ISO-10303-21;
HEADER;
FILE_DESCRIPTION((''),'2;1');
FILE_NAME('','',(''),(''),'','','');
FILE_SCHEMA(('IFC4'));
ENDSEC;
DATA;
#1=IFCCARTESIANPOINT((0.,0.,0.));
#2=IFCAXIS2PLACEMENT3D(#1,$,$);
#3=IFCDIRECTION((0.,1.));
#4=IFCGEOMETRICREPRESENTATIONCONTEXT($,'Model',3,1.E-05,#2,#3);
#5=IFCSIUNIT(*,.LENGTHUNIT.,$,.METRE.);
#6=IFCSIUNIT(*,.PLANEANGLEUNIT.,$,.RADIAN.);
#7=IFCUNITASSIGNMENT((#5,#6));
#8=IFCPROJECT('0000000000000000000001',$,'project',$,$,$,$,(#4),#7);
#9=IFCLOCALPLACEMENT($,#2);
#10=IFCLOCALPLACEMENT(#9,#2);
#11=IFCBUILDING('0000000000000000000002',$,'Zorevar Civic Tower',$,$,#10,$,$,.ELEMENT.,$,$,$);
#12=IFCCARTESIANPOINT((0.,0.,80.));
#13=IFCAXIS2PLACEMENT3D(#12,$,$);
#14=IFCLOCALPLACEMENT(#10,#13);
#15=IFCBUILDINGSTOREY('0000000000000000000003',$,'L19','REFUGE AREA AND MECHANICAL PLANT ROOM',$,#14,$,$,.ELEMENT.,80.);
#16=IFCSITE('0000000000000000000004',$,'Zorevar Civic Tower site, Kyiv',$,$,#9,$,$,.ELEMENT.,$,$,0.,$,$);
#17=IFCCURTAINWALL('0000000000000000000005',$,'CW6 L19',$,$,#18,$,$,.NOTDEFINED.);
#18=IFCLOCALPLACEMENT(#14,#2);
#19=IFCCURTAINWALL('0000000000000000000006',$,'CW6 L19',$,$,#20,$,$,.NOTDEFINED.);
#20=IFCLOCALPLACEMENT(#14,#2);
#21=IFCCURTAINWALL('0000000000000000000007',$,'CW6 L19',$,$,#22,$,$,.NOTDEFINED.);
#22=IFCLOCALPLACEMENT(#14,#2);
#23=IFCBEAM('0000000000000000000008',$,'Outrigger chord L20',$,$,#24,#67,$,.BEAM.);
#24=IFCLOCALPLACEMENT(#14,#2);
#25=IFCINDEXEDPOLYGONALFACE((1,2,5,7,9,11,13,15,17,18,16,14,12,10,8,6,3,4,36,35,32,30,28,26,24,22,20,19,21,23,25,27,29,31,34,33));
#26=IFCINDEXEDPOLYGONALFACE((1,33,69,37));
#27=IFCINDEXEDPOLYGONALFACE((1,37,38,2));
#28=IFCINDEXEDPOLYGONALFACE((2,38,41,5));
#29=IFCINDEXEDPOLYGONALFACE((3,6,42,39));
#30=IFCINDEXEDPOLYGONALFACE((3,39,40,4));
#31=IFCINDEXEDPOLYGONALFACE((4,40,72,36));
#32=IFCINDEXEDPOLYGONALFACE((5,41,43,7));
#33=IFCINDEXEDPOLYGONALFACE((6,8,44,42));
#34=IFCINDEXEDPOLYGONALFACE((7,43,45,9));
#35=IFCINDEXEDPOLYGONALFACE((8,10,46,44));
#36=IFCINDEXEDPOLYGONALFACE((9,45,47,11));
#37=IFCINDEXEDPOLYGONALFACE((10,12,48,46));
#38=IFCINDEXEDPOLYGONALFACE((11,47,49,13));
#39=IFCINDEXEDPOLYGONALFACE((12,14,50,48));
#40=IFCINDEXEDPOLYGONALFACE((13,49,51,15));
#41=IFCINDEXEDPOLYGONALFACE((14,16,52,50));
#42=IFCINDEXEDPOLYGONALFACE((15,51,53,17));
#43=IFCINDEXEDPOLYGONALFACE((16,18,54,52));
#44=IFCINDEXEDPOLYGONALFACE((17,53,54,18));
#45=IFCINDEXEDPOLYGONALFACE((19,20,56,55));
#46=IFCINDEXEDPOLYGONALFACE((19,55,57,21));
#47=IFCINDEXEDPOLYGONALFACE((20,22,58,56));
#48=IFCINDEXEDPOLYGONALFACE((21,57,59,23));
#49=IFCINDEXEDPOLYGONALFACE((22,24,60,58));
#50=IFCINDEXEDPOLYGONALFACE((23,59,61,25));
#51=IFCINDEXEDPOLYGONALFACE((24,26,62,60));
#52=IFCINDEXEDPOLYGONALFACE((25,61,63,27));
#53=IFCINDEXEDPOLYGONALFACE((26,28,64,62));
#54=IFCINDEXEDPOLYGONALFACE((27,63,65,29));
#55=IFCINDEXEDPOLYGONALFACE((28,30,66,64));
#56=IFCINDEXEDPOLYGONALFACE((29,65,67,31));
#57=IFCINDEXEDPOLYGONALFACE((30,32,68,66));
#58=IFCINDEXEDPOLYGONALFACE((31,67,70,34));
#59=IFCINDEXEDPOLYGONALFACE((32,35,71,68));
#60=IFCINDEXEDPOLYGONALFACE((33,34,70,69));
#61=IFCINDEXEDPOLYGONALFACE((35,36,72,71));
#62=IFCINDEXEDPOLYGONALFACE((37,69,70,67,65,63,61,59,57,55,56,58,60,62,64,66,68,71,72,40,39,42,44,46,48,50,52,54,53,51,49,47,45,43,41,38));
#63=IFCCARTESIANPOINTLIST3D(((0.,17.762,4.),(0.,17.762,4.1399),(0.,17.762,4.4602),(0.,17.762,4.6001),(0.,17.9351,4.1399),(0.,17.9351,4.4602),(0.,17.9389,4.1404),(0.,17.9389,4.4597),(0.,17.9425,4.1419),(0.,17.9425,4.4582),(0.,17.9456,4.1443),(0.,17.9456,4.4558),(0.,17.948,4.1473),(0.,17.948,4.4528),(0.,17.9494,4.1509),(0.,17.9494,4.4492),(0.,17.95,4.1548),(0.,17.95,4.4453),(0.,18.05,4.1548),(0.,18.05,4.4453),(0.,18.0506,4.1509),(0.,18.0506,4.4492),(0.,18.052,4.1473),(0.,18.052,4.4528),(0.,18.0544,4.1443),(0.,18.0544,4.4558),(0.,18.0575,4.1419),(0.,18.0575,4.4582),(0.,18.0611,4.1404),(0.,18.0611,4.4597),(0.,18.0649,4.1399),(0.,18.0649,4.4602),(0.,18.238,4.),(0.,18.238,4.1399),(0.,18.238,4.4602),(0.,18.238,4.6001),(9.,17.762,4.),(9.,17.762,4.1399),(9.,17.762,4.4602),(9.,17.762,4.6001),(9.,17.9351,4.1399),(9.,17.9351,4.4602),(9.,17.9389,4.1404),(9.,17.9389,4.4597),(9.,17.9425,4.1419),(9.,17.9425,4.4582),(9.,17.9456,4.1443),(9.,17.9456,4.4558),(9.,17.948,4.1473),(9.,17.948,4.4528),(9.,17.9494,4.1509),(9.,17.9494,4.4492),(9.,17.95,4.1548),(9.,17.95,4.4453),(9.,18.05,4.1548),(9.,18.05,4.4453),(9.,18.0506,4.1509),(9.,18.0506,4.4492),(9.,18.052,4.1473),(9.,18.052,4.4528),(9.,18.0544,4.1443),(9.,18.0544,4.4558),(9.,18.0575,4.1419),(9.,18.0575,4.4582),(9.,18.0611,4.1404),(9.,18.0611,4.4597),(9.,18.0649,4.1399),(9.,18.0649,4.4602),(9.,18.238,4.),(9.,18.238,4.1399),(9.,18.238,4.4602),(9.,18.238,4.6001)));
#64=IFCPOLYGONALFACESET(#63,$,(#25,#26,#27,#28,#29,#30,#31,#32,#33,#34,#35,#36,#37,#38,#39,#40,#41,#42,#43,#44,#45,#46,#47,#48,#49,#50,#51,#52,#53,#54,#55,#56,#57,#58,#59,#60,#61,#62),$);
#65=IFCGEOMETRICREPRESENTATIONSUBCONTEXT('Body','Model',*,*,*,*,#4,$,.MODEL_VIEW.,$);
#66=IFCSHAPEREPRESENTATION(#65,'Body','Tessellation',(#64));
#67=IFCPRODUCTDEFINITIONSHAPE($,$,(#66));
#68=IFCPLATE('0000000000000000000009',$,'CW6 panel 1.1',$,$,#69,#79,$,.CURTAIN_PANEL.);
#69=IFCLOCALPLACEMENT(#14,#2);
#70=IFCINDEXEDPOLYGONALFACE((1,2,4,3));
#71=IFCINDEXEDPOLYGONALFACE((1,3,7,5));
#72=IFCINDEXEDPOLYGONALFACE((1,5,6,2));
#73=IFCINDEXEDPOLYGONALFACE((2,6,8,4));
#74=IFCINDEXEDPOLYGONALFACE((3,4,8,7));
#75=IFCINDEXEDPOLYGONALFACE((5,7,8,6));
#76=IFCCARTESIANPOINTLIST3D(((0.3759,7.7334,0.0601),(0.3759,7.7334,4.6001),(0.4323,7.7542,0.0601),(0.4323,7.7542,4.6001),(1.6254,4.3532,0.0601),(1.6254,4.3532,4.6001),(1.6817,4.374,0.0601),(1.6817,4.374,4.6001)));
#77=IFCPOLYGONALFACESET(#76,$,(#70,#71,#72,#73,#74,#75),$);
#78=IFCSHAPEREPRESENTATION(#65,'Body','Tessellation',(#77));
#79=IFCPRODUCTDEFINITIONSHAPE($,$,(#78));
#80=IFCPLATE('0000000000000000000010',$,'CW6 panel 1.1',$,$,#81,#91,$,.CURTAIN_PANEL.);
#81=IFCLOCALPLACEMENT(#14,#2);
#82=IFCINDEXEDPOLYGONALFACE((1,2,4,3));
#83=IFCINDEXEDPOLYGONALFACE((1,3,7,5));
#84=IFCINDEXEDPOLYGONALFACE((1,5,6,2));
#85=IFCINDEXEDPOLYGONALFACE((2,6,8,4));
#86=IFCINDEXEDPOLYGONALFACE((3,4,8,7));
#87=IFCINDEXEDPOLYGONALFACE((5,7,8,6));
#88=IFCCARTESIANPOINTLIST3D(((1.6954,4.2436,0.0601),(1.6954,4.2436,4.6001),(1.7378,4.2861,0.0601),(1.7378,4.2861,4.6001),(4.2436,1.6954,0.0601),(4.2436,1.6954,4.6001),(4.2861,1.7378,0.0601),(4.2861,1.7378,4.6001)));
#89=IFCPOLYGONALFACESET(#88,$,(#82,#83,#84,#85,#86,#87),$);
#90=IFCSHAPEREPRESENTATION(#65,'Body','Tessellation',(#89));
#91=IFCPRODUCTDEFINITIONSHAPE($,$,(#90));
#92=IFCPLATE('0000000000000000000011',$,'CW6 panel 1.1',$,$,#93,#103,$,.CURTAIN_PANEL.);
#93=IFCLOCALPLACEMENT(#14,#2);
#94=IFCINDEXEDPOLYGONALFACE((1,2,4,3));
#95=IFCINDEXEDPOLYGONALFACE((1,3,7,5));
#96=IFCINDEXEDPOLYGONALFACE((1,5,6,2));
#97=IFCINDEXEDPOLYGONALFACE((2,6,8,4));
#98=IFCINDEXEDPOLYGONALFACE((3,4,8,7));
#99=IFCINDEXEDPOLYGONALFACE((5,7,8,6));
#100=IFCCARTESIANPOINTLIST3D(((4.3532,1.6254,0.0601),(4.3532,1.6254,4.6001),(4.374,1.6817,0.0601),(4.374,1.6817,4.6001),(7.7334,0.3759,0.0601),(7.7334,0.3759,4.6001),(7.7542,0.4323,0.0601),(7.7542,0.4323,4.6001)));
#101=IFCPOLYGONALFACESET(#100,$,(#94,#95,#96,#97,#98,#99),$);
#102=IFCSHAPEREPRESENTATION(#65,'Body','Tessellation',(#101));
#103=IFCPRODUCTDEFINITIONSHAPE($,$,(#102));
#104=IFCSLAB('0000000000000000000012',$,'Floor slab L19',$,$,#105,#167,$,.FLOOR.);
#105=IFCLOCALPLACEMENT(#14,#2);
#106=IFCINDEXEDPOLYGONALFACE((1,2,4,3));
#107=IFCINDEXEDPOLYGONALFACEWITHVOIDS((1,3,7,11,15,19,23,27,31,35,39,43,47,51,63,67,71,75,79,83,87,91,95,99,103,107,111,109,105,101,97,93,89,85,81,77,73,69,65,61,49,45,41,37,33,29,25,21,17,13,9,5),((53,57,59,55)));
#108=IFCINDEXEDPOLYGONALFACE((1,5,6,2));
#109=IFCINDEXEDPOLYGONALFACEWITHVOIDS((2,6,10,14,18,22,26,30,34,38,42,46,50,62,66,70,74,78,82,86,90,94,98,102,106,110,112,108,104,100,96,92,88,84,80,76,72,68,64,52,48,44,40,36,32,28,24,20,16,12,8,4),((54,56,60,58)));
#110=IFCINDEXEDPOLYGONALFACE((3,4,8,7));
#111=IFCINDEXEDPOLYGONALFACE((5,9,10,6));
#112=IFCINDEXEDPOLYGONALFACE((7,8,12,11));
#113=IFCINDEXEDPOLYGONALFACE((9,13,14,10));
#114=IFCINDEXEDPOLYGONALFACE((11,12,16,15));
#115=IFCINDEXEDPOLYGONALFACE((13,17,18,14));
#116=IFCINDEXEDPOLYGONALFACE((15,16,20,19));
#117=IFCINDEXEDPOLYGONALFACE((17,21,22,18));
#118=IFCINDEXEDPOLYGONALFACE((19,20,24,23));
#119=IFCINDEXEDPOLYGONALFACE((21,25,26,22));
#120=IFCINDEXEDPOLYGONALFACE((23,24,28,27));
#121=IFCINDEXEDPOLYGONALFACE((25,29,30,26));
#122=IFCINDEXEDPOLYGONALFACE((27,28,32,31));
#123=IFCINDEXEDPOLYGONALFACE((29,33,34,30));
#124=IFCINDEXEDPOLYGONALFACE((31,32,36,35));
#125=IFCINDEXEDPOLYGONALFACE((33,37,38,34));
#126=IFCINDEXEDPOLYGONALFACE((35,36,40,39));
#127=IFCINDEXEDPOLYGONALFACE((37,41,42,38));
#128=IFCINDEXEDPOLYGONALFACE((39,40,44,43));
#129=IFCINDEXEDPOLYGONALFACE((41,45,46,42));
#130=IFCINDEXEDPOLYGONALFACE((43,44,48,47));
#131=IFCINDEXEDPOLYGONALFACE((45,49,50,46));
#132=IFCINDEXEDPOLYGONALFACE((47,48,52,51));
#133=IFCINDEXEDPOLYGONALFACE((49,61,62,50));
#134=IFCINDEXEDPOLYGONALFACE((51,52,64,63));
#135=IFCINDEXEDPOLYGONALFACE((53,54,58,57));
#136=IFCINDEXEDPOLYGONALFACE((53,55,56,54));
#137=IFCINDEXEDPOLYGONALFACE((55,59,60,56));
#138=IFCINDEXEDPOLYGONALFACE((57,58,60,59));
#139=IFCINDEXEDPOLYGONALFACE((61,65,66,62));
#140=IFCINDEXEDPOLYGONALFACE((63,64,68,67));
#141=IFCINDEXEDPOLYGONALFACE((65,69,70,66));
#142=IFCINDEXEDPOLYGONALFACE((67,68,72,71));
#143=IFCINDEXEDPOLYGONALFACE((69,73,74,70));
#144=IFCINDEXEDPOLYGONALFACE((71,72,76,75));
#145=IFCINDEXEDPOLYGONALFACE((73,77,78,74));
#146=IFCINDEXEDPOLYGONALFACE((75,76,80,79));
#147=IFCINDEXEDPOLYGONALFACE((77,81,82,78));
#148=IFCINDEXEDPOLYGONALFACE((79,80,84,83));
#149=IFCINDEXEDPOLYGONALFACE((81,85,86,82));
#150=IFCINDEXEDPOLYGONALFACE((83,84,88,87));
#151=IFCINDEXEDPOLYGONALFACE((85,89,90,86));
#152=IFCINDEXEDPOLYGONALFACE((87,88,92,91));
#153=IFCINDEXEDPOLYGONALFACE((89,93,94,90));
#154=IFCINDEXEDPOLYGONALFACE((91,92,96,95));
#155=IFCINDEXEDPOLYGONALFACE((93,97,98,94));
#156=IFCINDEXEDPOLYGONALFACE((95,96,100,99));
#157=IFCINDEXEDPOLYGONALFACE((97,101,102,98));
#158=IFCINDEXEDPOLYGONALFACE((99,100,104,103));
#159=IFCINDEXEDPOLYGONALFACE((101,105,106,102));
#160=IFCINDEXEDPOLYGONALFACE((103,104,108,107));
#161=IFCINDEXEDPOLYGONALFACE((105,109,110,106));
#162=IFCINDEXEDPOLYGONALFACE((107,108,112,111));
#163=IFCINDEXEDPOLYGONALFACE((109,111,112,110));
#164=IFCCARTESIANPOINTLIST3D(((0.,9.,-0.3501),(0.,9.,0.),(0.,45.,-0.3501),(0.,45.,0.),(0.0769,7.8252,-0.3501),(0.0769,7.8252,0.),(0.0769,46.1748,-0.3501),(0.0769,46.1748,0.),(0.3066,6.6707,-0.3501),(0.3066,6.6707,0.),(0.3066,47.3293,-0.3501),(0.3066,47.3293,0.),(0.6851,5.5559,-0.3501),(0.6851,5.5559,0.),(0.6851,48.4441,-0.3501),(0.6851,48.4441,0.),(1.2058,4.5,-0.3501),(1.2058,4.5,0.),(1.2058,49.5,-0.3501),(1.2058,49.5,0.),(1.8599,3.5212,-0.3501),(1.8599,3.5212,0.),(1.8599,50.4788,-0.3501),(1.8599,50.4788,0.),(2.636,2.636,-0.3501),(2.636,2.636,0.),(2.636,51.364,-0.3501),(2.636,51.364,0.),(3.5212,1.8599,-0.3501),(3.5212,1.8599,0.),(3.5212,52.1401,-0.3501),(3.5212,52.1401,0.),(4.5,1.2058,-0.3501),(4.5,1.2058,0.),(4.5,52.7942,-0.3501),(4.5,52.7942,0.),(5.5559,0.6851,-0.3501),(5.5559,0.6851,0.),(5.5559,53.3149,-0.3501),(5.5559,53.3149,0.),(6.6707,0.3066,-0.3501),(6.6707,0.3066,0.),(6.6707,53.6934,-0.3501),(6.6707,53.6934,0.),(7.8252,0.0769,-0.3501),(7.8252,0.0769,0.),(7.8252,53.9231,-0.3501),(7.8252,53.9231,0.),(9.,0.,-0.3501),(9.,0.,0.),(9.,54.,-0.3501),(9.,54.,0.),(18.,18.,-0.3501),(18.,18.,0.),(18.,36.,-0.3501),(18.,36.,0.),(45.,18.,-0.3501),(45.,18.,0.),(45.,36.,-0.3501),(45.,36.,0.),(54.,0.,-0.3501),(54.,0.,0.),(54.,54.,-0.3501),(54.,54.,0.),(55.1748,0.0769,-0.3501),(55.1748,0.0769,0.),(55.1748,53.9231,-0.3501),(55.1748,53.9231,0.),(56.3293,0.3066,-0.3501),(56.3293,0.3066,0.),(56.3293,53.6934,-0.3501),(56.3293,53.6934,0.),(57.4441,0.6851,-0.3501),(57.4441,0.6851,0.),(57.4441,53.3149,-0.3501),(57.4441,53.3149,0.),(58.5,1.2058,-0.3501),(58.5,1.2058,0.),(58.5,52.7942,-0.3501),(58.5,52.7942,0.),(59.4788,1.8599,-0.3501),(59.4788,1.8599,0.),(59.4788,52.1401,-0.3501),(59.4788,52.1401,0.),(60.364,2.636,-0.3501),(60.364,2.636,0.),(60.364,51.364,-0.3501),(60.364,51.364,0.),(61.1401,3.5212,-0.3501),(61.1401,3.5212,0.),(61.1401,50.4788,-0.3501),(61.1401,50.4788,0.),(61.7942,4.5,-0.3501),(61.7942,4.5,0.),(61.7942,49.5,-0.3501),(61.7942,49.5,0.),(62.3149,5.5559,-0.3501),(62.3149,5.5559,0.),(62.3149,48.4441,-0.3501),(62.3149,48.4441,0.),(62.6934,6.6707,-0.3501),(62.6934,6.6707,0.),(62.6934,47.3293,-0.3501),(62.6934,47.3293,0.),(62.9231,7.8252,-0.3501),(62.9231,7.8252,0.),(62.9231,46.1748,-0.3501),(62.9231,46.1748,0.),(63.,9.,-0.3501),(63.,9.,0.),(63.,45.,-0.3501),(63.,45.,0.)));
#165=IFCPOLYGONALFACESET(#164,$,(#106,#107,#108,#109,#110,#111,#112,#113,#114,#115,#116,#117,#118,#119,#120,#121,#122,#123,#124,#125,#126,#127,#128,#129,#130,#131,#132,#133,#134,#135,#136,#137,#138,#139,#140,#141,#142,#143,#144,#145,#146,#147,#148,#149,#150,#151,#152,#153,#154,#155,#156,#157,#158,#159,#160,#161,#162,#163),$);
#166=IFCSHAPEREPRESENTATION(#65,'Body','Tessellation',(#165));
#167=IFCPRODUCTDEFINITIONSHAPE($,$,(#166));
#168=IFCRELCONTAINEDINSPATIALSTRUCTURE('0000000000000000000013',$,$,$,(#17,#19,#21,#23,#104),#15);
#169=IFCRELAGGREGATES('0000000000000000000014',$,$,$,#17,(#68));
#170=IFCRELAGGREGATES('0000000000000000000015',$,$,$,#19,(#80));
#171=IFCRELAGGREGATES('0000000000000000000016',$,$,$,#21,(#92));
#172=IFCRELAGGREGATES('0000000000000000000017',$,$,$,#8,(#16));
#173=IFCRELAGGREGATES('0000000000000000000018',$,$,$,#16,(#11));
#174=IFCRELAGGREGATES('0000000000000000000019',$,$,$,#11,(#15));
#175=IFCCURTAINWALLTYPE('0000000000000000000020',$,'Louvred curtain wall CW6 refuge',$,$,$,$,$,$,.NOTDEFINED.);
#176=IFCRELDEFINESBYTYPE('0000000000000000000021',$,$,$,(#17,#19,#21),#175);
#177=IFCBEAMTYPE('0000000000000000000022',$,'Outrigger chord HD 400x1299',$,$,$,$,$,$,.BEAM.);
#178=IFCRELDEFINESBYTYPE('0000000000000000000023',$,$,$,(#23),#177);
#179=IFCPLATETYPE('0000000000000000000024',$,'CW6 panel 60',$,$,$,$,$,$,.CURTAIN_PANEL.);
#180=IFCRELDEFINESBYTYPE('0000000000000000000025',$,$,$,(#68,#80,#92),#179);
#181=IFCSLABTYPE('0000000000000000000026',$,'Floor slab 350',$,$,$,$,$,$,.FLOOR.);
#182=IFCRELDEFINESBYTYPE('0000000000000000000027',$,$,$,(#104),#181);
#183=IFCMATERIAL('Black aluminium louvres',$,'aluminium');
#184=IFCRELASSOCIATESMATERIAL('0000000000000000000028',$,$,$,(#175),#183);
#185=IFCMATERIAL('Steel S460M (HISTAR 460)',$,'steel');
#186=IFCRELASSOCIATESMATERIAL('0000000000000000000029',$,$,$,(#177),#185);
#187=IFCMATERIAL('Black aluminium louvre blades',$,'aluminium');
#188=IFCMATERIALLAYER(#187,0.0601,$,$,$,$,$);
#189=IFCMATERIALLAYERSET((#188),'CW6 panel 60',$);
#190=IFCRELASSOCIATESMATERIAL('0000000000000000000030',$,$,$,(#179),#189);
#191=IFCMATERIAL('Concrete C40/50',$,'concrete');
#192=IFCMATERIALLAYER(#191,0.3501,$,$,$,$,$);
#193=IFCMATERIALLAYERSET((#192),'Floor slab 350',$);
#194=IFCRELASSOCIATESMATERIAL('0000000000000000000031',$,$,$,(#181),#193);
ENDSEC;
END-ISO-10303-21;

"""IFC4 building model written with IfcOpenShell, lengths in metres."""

from ifc_helpers import new_model, si_unit, direction, frame, origin, origin_2d, place, context, subcontext, project, spatial, polyline, rectangle, i_section, outline, extrude, material, layer, layer_set, material_profile, profile_set, type_object, element, aggregate, save


model = new_model("IFC4")

# Units and contexts
model_context = context("Model", 3, precision=1e-05, world=origin(), true_north=direction((0.0, 1.0)))
body_context = subcontext(model_context, "Body", "Model", "MODEL_VIEW")
ifc_project = project(units=[si_unit("LENGTHUNIT", "METRE"), si_unit("PLANEANGLEUNIT", "RADIAN")], contexts=[model_context])

# Site, building, storey
site_placement = place(None, origin())
site = spatial("IfcSite", under=ifc_project, at=site_placement, Name="Zorevar Civic Tower site, Kyiv", CompositionType="ELEMENT", RefElevation=0.0)
building_placement = place(site_placement, origin())
building = spatial("IfcBuilding", under=site, at=building_placement, Name="Zorevar Civic Tower", CompositionType="ELEMENT")
storey_placement = place(building_placement, frame((0.0, 0.0, 80.0)))
storey = spatial("IfcBuildingStorey", under=building, at=storey_placement, Name="L19", Description="REFUGE AREA AND MECHANICAL PLANT ROOM", CompositionType="ELEMENT", Elevation=80.0)

# Shared definitions
ifc_material_1 = material(Name="Black aluminium louvres", Category="aluminium")
curtain_wall_type = type_object("IfcCurtainWallType", Name="Louvred curtain wall CW6 refuge", PredefinedType="NOTDEFINED", material=ifc_material_1)

# Curtain walls
curtain_wall_1_placement = place(storey_placement, origin())
curtain_wall_1 = element("IfcCurtainWall", 1, at=curtain_wall_1_placement, inside=storey, type_object=curtain_wall_type, Name="CW6 L19", PredefinedType="NOTDEFINED")
curtain_wall_2_placement = place(storey_placement, origin())
curtain_wall_2 = element("IfcCurtainWall", 2, at=curtain_wall_2_placement, inside=storey, type_object=curtain_wall_type, Name="CW6 L19", PredefinedType="NOTDEFINED")
curtain_wall_3_placement = place(storey_placement, origin())
curtain_wall_3 = element("IfcCurtainWall", 3, at=curtain_wall_3_placement, inside=storey, type_object=curtain_wall_type, Name="CW6 L19", PredefinedType="NOTDEFINED")

# Beam
ifc_material_2 = material(Name="Steel S460M (HISTAR 460)", Category="steel")
ifc_material_profile_1 = material_profile(ifc_material_2, i_section(OverallWidth=0.4761, OverallDepth=0.6001, WebThickness=0.1001, FlangeThickness=0.1399, FilletRadius=0.0149, at=origin_2d()), Name="HD 400x1299")
ifc_profile_set_1 = profile_set([ifc_material_profile_1], Name="Steel S460M (HISTAR 460)")
beam_type_1 = type_object("IfcBeamType", Name="Outrigger chord HD 400x1299", PredefinedType="BEAM", material=ifc_profile_set_1)
beam_1_placement = place(storey_placement, frame((0.0, 18.0, 4.3), z_axis=(1.0, 0.0, 0.0), x_axis=(0.0, 1.0, 0.0)))
element("IfcBeam", 4, at=beam_1_placement, inside=storey, type_object=beam_type_1, Name="Outrigger chord L20", PredefinedType="BEAM", context=body_context, shape_type="SweptSolid", body=[
    extrude(i_section(OverallWidth=0.4761, OverallDepth=0.6001, WebThickness=0.1001, FlangeThickness=0.1399, FilletRadius=0.0149, at=origin_2d()), origin(), (0.0, 0.0, 1.0), 9.0),
])

# Plates
ifc_material_3 = material(Name="Black aluminium louvre blades", Category="aluminium")
ifc_layer_1 = layer(ifc_material_3, 0.0601)
ifc_layer_set_1 = layer_set([ifc_layer_1], Name="CW6 panel 60")
plate_type = type_object("IfcPlateType", Name="CW6 panel 60", PredefinedType="CURTAIN_PANEL", material=ifc_layer_set_1)
plate_1_placement = place(storey_placement, frame((1.0288, 6.0537, 0.0601), z_axis=(0.0, 0.0, 1.0), x_axis=(0.346704, -0.937975, 0.0)))
plate_1 = element("IfcPlate", 5, at=plate_1_placement, type_object=plate_type, Name="CW6 panel 1.1", PredefinedType="CURTAIN_PANEL", context=body_context, shape_type="SweptSolid", body=[
    extrude(rectangle(XDim=3.6038, YDim=0.0601, at=origin_2d()), origin(), (0.0, 0.0, 1.0), 4.54),
])
aggregate(curtain_wall_1, [plate_1])
plate_2_placement = place(storey_placement, frame((2.9907, 2.9907, 0.0601), z_axis=(0.0, 0.0, 1.0), x_axis=(0.707107, -0.707107, 0.0)))
plate_2 = element("IfcPlate", 6, at=plate_2_placement, type_object=plate_type, Name="CW6 panel 1.1", PredefinedType="CURTAIN_PANEL", context=body_context, shape_type="SweptSolid", body=[
    extrude(rectangle(XDim=3.6038, YDim=0.0601, at=origin_2d()), origin(), (0.0, 0.0, 1.0), 4.54),
])
aggregate(curtain_wall_2, [plate_2])
plate_3_placement = place(storey_placement, frame((6.0537, 1.0288, 0.0601), z_axis=(0.0, 0.0, 1.0), x_axis=(0.937975, -0.346704, 0.0)))
plate_3 = element("IfcPlate", 7, at=plate_3_placement, type_object=plate_type, Name="CW6 panel 1.1", PredefinedType="CURTAIN_PANEL", context=body_context, shape_type="SweptSolid", body=[
    extrude(rectangle(XDim=3.6038, YDim=0.0601, at=origin_2d()), origin(), (0.0, 0.0, 1.0), 4.54),
])
aggregate(curtain_wall_3, [plate_3])

# Slab
ifc_material_4 = material(Name="Concrete C40/50", Category="concrete")
ifc_layer_2 = layer(ifc_material_4, 0.3501)
ifc_layer_set_2 = layer_set([ifc_layer_2], Name="Floor slab 350")
slab_type_1 = type_object("IfcSlabType", Name="Floor slab 350", PredefinedType="FLOOR", material=ifc_layer_set_2)
slab_1_placement = place(storey_placement, frame((0.0, 0.0, -0.3501)))
element("IfcSlab", 8, at=slab_1_placement, inside=storey, type_object=slab_type_1, Name="Floor slab L19", PredefinedType="FLOOR", context=body_context, shape_type="SweptSolid", body=[
    extrude(outline(polyline([(54.0, 0.0), (55.1748, 0.0769), (56.3293, 0.3066), (57.4441, 0.6851), (58.5, 1.2058), (59.4788, 1.8599), (60.364, 2.636), (61.1401, 3.5212), (61.7942, 4.5), (62.3149, 5.5559), (62.6934, 6.6707), (62.9231, 7.8252), (63.0, 9.0), (63.0, 45.0), (62.9231, 46.1748), (62.6934, 47.3293), (62.3149, 48.4441), (61.7942, 49.5), (61.1401, 50.4788), (60.364, 51.364), (59.4788, 52.1401), (58.5, 52.7942), (57.4441, 53.3149), (56.3293, 53.6934), (55.1748, 53.9231), (54.0, 54.0), (9.0, 54.0), (7.8252, 53.9231), (6.6707, 53.6934), (5.5559, 53.3149), (4.5, 52.7942), (3.5212, 52.1401), (2.636, 51.364), (1.8599, 50.4788), (1.2058, 49.5), (0.6851, 48.4441), (0.3066, 47.3293), (0.0769, 46.1748), (0.0, 45.0), (0.0, 9.0), (0.0769, 7.8252), (0.3066, 6.6707), (0.6851, 5.5559), (1.2058, 4.5), (1.8599, 3.5212), (2.636, 2.636), (3.5212, 1.8599), (4.5, 1.2058), (5.5559, 0.6851), (6.6707, 0.3066), (7.8252, 0.0769), (9.0, 0.0), (54.0, 0.0)]), holes=[polyline([(18.0, 18.0), (45.0, 18.0), (45.0, 36.0), (18.0, 36.0), (18.0, 18.0)])]), origin(), (0.0, 0.0, 1.0), 0.3501),
])

save(model, "model.ifc")
